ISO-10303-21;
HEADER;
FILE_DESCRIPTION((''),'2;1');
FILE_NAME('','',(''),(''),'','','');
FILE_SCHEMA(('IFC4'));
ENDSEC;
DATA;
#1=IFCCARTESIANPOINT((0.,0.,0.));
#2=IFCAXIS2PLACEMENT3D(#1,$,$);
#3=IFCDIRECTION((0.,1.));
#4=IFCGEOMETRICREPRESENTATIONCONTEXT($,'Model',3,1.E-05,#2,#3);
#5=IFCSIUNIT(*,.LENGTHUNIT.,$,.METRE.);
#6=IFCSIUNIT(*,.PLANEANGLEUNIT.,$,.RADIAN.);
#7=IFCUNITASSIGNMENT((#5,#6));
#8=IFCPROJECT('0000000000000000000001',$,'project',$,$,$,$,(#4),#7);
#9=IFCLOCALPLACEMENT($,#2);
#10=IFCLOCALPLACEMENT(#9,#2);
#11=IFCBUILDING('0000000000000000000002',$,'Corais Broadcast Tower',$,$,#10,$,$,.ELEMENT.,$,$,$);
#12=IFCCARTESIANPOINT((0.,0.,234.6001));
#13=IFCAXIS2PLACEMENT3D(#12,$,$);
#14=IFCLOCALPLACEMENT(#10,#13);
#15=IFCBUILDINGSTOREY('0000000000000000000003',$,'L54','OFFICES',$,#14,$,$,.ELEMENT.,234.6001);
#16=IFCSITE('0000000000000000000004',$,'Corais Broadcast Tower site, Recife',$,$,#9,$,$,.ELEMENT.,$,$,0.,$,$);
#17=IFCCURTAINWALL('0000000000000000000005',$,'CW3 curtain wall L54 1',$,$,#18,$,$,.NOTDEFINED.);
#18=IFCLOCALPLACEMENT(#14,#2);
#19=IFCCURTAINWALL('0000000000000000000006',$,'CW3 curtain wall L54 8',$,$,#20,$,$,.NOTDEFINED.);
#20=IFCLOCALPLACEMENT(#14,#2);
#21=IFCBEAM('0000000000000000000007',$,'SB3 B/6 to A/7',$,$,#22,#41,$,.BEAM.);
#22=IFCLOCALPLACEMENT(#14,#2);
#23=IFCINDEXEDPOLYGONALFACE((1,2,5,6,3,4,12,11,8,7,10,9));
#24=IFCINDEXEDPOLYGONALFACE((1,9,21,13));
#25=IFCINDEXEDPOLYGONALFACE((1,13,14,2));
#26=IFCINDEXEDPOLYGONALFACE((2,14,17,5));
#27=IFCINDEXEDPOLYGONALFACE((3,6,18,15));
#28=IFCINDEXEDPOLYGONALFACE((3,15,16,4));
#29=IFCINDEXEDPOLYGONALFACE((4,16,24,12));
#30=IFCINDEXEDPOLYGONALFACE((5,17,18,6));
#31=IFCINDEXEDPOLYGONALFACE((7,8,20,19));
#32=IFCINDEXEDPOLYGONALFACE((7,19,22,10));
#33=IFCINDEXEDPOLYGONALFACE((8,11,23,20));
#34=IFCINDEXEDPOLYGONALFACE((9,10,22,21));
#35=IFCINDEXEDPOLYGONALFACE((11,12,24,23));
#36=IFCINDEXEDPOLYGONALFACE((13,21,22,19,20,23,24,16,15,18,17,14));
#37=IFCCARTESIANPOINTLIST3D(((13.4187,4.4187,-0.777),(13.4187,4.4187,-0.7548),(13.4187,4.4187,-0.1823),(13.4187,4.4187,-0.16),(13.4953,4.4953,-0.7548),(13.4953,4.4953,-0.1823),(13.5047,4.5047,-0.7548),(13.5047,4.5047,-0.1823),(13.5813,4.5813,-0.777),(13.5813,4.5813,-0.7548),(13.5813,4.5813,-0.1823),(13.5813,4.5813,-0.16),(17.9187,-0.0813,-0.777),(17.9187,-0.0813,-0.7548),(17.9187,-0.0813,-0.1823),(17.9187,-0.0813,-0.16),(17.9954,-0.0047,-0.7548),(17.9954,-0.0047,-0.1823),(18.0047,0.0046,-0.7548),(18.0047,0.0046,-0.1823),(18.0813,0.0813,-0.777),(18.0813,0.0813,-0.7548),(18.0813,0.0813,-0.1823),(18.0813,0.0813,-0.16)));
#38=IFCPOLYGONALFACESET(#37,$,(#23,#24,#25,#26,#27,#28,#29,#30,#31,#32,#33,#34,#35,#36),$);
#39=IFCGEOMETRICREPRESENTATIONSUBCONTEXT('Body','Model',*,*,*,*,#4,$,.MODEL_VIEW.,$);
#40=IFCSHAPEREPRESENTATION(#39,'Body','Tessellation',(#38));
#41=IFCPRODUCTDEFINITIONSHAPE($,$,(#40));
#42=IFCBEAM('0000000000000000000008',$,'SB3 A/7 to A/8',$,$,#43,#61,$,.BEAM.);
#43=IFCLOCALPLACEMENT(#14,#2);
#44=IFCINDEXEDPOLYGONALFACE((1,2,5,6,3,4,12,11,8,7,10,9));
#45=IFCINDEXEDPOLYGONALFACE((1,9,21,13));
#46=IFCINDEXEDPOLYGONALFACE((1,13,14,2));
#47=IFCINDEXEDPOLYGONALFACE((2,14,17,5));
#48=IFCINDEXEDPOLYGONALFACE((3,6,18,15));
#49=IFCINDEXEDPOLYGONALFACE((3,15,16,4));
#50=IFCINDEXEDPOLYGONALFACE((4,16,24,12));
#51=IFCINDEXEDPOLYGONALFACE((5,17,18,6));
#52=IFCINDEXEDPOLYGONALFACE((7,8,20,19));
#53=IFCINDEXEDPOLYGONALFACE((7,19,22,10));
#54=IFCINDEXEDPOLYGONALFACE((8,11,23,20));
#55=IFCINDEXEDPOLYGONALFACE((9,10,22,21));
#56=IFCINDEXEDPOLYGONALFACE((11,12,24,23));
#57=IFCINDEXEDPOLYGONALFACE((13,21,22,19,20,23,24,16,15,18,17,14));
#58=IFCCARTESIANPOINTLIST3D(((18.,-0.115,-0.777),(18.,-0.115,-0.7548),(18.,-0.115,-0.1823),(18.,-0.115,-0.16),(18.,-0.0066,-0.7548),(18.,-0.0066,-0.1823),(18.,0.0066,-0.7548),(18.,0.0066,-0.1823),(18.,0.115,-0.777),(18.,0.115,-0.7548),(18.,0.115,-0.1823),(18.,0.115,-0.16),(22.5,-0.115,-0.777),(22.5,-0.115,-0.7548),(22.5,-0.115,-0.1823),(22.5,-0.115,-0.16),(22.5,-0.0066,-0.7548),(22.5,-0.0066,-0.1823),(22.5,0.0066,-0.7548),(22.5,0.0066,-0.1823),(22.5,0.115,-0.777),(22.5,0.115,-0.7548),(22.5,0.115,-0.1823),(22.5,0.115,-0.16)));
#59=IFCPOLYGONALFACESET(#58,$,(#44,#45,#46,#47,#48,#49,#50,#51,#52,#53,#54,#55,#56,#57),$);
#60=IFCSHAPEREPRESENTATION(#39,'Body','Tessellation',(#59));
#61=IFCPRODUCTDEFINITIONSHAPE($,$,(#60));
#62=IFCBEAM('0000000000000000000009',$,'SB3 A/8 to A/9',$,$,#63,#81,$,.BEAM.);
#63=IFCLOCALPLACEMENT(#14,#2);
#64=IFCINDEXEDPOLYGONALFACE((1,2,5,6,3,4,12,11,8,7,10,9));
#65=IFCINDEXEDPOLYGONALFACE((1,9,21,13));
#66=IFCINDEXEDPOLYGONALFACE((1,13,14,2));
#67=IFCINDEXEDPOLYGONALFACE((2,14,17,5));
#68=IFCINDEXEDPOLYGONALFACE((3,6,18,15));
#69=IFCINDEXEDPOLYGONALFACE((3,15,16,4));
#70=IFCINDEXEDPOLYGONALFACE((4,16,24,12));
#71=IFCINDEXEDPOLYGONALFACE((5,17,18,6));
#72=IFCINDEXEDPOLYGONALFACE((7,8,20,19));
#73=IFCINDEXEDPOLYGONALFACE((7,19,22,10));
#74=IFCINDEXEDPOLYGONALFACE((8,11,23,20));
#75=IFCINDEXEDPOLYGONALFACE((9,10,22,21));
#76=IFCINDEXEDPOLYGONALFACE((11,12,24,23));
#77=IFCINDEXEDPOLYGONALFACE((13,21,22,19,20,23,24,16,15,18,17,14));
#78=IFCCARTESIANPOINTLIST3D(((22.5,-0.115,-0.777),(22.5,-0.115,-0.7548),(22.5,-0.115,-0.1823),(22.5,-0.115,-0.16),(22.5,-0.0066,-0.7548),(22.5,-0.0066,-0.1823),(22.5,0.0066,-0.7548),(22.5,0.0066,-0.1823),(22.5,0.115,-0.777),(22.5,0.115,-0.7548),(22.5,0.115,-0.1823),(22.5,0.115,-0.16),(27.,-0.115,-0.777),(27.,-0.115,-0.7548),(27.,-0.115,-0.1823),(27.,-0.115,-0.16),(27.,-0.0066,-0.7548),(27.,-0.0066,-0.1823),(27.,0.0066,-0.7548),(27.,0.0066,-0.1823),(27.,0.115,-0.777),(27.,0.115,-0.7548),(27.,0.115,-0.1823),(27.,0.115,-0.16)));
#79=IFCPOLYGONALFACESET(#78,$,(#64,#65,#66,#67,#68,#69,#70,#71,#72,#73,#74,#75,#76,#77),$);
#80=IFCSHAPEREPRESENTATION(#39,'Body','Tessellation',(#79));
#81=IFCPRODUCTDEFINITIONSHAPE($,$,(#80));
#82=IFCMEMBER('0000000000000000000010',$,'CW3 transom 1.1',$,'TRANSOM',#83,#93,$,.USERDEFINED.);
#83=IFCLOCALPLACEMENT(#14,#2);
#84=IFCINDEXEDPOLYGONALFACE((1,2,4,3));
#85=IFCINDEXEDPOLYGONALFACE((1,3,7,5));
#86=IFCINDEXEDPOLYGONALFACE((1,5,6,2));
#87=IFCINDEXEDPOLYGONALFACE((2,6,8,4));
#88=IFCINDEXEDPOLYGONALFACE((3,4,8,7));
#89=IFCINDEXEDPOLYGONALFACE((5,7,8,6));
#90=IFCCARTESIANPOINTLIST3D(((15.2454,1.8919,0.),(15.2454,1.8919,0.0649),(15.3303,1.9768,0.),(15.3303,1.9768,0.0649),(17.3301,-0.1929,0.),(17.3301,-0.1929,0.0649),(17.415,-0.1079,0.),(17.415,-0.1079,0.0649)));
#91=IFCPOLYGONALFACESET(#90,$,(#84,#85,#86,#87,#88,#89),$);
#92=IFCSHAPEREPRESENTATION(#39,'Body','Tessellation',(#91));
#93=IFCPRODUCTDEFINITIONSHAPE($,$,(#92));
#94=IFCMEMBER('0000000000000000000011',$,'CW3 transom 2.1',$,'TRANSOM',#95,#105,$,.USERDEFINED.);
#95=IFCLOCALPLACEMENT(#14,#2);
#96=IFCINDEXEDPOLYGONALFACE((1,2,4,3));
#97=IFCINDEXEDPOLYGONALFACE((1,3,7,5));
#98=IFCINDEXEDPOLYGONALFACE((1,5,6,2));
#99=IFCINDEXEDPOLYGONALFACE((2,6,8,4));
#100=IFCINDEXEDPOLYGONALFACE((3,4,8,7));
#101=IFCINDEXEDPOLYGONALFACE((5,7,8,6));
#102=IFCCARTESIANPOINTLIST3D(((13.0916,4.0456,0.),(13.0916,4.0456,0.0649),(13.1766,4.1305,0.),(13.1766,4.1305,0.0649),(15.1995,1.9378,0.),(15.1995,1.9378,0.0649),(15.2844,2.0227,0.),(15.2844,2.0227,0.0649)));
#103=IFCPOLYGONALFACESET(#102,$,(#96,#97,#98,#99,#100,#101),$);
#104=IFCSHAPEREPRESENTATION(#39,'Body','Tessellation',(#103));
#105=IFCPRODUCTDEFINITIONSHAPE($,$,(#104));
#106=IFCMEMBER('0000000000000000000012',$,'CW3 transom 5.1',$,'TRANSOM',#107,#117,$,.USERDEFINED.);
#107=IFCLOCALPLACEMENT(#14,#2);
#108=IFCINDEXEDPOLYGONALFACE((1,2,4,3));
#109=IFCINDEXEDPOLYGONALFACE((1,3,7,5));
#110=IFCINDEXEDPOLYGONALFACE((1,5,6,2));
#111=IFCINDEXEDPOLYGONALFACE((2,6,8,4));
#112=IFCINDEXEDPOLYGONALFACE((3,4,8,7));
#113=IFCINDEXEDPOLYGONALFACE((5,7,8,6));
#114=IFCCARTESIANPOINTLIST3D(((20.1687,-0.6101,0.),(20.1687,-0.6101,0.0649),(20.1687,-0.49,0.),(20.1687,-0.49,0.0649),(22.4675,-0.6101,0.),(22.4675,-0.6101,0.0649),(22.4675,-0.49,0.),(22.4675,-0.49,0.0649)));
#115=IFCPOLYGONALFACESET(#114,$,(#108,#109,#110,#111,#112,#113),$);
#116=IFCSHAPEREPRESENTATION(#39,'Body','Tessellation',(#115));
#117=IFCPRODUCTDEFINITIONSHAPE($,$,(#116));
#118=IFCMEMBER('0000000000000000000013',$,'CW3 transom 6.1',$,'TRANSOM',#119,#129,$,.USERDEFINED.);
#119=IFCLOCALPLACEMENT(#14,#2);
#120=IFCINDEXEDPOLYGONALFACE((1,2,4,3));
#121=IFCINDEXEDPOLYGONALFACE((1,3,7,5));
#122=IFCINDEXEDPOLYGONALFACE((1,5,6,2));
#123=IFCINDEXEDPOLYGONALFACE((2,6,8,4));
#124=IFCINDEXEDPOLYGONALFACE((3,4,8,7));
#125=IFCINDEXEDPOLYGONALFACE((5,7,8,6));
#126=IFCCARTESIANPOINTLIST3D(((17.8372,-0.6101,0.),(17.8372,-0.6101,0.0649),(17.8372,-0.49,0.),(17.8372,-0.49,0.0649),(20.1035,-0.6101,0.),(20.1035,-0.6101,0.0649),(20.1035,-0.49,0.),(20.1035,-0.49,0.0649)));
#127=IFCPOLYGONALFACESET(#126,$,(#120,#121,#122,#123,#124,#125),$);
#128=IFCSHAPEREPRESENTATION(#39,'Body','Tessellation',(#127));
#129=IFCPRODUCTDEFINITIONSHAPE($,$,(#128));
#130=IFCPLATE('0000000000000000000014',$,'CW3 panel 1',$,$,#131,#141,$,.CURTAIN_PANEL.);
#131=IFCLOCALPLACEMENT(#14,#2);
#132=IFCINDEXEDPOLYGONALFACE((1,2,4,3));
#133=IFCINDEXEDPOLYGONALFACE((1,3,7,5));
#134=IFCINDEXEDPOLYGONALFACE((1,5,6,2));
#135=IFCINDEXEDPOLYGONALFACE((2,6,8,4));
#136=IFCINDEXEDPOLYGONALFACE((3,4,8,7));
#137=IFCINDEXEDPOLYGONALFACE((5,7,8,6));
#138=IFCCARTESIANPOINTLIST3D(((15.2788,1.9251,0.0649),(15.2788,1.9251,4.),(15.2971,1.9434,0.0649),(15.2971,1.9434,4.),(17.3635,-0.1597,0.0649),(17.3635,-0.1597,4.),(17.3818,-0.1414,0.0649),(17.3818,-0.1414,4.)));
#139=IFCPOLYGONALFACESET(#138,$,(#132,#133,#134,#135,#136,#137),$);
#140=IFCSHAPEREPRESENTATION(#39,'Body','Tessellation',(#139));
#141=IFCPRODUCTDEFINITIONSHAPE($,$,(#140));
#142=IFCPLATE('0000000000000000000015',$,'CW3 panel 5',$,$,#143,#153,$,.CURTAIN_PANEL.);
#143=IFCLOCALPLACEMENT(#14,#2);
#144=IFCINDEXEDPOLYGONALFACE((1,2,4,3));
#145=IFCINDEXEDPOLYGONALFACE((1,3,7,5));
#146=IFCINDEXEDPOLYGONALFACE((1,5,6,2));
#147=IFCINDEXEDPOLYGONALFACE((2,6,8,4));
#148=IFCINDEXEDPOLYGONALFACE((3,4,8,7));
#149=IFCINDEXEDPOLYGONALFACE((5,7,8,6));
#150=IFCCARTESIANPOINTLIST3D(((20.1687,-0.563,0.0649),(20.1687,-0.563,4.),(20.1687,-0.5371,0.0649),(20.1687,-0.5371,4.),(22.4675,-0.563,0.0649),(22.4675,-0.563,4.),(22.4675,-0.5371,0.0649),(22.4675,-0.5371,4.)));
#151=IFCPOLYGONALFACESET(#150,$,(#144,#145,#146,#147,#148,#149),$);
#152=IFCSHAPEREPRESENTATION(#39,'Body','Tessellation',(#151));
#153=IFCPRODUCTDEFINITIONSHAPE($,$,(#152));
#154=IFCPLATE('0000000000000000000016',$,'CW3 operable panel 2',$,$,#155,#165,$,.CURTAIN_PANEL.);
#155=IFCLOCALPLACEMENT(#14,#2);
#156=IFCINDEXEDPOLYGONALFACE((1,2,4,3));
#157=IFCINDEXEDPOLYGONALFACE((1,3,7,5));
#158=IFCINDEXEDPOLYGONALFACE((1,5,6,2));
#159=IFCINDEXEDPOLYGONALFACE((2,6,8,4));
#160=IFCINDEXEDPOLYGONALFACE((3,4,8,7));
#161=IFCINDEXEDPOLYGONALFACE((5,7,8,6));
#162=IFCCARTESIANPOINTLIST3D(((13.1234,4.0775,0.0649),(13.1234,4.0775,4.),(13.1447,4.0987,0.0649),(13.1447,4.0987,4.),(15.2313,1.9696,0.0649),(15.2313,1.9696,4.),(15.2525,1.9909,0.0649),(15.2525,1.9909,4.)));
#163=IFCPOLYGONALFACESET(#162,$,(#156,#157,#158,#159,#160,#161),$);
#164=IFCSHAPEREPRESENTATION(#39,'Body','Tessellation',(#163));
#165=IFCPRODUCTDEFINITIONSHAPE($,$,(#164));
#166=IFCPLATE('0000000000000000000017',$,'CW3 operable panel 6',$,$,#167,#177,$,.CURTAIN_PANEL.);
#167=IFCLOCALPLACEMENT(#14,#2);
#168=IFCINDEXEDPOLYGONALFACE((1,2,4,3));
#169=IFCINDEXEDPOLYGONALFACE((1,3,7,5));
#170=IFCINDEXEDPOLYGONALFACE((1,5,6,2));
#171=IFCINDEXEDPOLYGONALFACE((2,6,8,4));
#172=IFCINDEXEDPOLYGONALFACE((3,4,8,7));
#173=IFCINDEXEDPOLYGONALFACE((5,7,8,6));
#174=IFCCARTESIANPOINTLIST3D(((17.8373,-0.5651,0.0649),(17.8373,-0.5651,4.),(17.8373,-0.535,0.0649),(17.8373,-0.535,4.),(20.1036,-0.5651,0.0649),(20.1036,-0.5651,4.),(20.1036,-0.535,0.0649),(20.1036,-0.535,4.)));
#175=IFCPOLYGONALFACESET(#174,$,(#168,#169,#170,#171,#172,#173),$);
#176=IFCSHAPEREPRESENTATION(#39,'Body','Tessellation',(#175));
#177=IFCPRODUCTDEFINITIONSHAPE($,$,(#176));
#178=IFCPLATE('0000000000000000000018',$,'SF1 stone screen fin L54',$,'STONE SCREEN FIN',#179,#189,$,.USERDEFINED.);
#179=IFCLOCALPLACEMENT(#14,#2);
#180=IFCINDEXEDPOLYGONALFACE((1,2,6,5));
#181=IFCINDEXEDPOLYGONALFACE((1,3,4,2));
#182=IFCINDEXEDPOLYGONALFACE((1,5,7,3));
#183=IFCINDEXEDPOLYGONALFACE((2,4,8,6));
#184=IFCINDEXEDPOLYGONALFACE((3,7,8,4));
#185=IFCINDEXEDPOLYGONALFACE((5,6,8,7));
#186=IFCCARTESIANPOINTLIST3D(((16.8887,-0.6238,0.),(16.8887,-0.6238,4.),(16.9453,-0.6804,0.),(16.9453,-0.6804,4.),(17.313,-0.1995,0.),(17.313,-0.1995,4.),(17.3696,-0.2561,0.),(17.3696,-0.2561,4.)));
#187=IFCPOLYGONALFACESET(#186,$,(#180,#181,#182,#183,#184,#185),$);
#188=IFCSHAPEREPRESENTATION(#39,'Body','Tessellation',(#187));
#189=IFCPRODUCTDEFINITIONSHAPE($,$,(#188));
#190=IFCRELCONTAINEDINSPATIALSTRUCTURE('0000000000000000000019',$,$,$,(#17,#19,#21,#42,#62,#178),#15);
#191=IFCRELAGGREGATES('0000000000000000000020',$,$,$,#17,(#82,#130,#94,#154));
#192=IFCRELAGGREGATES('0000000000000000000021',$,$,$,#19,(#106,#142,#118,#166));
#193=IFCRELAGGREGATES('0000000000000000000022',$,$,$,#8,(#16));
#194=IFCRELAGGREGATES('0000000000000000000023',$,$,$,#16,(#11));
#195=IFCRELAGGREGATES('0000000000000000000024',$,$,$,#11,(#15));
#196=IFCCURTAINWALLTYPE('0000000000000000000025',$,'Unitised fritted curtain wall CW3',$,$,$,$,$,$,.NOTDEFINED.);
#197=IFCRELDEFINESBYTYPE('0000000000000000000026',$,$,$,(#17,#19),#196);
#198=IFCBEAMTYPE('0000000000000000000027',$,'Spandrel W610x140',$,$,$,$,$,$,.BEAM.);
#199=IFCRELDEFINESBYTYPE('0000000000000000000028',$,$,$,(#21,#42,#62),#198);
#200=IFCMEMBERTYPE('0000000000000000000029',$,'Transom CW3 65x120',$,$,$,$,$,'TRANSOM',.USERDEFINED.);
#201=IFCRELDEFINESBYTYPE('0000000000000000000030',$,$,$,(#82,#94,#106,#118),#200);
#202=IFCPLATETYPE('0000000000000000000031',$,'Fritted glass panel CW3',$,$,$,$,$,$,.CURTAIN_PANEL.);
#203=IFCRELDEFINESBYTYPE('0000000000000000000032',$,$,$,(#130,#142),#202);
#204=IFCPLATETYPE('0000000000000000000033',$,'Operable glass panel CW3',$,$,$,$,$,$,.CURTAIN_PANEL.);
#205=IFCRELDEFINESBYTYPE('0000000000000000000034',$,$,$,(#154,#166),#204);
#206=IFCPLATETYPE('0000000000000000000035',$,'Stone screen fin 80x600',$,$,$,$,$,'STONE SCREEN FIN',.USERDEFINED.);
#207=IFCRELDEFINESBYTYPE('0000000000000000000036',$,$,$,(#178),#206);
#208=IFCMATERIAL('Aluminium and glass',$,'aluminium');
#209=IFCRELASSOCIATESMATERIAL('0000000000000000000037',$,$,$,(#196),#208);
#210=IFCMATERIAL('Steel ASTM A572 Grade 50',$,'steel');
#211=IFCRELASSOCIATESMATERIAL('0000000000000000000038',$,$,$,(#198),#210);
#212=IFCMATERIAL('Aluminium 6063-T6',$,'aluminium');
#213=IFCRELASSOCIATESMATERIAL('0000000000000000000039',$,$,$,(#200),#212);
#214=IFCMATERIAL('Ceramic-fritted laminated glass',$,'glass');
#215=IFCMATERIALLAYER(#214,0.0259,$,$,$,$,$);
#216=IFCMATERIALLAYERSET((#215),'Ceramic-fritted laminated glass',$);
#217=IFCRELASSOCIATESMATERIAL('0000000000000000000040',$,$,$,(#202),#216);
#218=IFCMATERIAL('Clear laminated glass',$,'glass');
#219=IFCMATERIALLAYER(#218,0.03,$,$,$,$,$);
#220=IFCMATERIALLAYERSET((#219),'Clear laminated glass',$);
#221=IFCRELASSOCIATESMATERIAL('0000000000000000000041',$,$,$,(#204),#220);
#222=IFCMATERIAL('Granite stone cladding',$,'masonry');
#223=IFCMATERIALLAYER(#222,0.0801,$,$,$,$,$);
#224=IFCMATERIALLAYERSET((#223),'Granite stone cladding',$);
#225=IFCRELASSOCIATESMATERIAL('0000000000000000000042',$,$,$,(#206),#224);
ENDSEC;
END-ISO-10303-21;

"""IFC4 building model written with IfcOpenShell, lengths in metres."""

from ifc_helpers import new_model, si_unit, direction, frame, origin, origin_2d, place, context, subcontext, project, spatial, rectangle, i_section, extrude, material, layer, layer_set, material_profile, profile_set, type_object, element, aggregate, save


model = new_model("IFC4")

# Units and contexts
model_context = context("Model", 3, precision=1e-05, world=origin(), true_north=direction((0.0, 1.0)))
body_context = subcontext(model_context, "Body", "Model", "MODEL_VIEW")
ifc_project = project(units=[si_unit("LENGTHUNIT", "METRE"), si_unit("PLANEANGLEUNIT", "RADIAN")], contexts=[model_context])

# Site, building, storey
site_placement = place(None, origin())
site = spatial("IfcSite", under=ifc_project, at=site_placement, Name="Corais Broadcast Tower site, Recife", CompositionType="ELEMENT", RefElevation=0.0)
building_placement = place(site_placement, origin())
building = spatial("IfcBuilding", under=site, at=building_placement, Name="Corais Broadcast Tower", CompositionType="ELEMENT")
storey_placement = place(building_placement, frame((0.0, 0.0, 234.6001)))
storey = spatial("IfcBuildingStorey", under=building, at=storey_placement, Name="L54", Description="OFFICES", CompositionType="ELEMENT", Elevation=234.6001)

# Curtain walls
ifc_material_1 = material(Name="Aluminium and glass", Category="aluminium")
curtain_wall_type = type_object("IfcCurtainWallType", Name="Unitised fritted curtain wall CW3", PredefinedType="NOTDEFINED", material=ifc_material_1)
curtain_wall_1_placement = place(storey_placement, origin())
curtain_wall_1 = element("IfcCurtainWall", 1, at=curtain_wall_1_placement, inside=storey, type_object=curtain_wall_type, Name="CW3 curtain wall L54 1", PredefinedType="NOTDEFINED")
curtain_wall_2_placement = place(storey_placement, origin())
curtain_wall_2 = element("IfcCurtainWall", 2, at=curtain_wall_2_placement, inside=storey, type_object=curtain_wall_type, Name="CW3 curtain wall L54 8", PredefinedType="NOTDEFINED")

# Beams
ifc_material_2 = material(Name="Steel ASTM A572 Grade 50", Category="steel")
ifc_material_profile_1 = material_profile(ifc_material_2, i_section(OverallWidth=0.23, OverallDepth=0.6169, WebThickness=0.0132, FlangeThickness=0.0222, at=origin_2d()), Name="W610x140")
ifc_profile_set_1 = profile_set([ifc_material_profile_1], Name="Steel ASTM A572 Grade 50")
beam_type_1 = type_object("IfcBeamType", Name="Spandrel W610x140", PredefinedType="BEAM", material=ifc_profile_set_1)
beam_1_placement = place(storey_placement, frame((13.5, 4.5, -0.4685), z_axis=(0.707107, -0.707107, 0.0), x_axis=(0.707107, 0.707107, 0.0)))
element("IfcBeam", 3, at=beam_1_placement, inside=storey, type_object=beam_type_1, Name="SB3 B/6 to A/7", PredefinedType="BEAM", context=body_context, shape_type="SweptSolid", body=[
    extrude(i_section(OverallWidth=0.23, OverallDepth=0.6169, WebThickness=0.0132, FlangeThickness=0.0222, at=origin_2d()), origin(), (0.0, 0.0, 1.0), 6.364),
])
for number, where, z_axis, x_axis, name in (
    (4, (18.0, 0.0, -0.4685), (1.0, 0.0, 0.0), (0.0, 1.0, 0.0), "SB3 A/7 to A/8"),
    (5, (22.5, 0.0, -0.4685), (1.0, 0.0, 0.0), (0.0, 1.0, 0.0), "SB3 A/8 to A/9"),
):
    element("IfcBeam", number, at=place(storey_placement, frame(where, z_axis=z_axis, x_axis=x_axis)), inside=storey, type_object=beam_type_1, Name=name, PredefinedType="BEAM", context=body_context, shape_type="SweptSolid", body=[
        extrude(i_section(OverallWidth=0.23, OverallDepth=0.6169, WebThickness=0.0132, FlangeThickness=0.0222, at=origin_2d()), origin(), (0.0, 0.0, 1.0), 4.5),
    ])

# Members
ifc_material_3 = material(Name="Aluminium 6063-T6", Category="aluminium")
ifc_material_profile_2 = material_profile(ifc_material_3, rectangle(XDim=0.1201, YDim=0.0649, at=origin_2d()), Name="Transom CW3 65x120")
ifc_profile_set_2 = profile_set([ifc_material_profile_2], Name="Aluminium 6063-T6")
member_type_1 = type_object("IfcMemberType", Name="Transom CW3 65x120", ElementType="TRANSOM", PredefinedType="USERDEFINED", material=ifc_profile_set_2)
member_1_placement = place(storey_placement, frame((17.3726, -0.1504, 0.0325), z_axis=(-0.707107, 0.707107, 0.0), x_axis=(-0.707107, -0.707107, 0.0)))
member_1 = element("IfcMember", 6, at=member_1_placement, type_object=member_type_1, Name="CW3 transom 1.1", ObjectType="TRANSOM", PredefinedType="USERDEFINED", context=body_context, shape_type="SweptSolid", body=[
    extrude(rectangle(XDim=0.1201, YDim=0.0649, at=origin_2d()), origin(), (0.0, 0.0, 1.0), 2.9482),
])
member_2_placement = place(storey_placement, frame((15.2419, 1.9802, 0.0325), z_axis=(-0.707107, 0.707107, 0.0), x_axis=(-0.707107, -0.707107, 0.0)))
member_2 = element("IfcMember", 7, at=member_2_placement, type_object=member_type_1, Name="CW3 transom 2.1", ObjectType="TRANSOM", PredefinedType="USERDEFINED", context=body_context, shape_type="SweptSolid", body=[
    extrude(rectangle(XDim=0.1201, YDim=0.0649, at=origin_2d()), origin(), (0.0, 0.0, 1.0), 2.981),
])
member_3_placement = place(storey_placement, frame((22.4675, -0.55, 0.0325), z_axis=(-1.0, 0.0, 0.0), x_axis=(0.0, -1.0, 0.0)))
member_3 = element("IfcMember", 8, at=member_3_placement, type_object=member_type_1, Name="CW3 transom 5.1", ObjectType="TRANSOM", PredefinedType="USERDEFINED", context=body_context, shape_type="SweptSolid", body=[
    extrude(rectangle(XDim=0.1201, YDim=0.0649, at=origin_2d()), origin(), (0.0, 0.0, 1.0), 2.2988),
])
member_4_placement = place(storey_placement, frame((20.1035, -0.55, 0.0325), z_axis=(-1.0, 0.0, 0.0), x_axis=(0.0, -1.0, 0.0)))
member_4 = element("IfcMember", 9, at=member_4_placement, type_object=member_type_1, Name="CW3 transom 6.1", ObjectType="TRANSOM", PredefinedType="USERDEFINED", context=body_context, shape_type="SweptSolid", body=[
    extrude(rectangle(XDim=0.1201, YDim=0.0649, at=origin_2d()), origin(), (0.0, 0.0, 1.0), 2.2664),
])

# Plates
ifc_material_4 = material(Name="Ceramic-fritted laminated glass", Category="glass")
ifc_layer_1 = layer(ifc_material_4, 0.0259)
ifc_layer_set_1 = layer_set([ifc_layer_1], Name="Ceramic-fritted laminated glass")
plate_type_1 = type_object("IfcPlateType", Name="Fritted glass panel CW3", PredefinedType="CURTAIN_PANEL", material=ifc_layer_set_1)
plate_1_placement = place(storey_placement, frame((16.3303, 0.8918, 0.0649), z_axis=(0.0, 0.0, 1.0), x_axis=(-0.707107, 0.707107, 0.0)))
plate_1 = element("IfcPlate", 10, at=plate_1_placement, type_object=plate_type_1, Name="CW3 panel 1", PredefinedType="CURTAIN_PANEL", context=body_context, shape_type="SweptSolid", body=[
    extrude(rectangle(XDim=2.9482, YDim=0.0259, at=origin_2d()), origin(), (0.0, 0.0, 1.0), 3.9351),
])
plate_2_placement = place(storey_placement, frame((21.3181, -0.55, 0.0649), z_axis=(0.0, 0.0, 1.0), x_axis=(-1.0, 0.0, 0.0)))
plate_2 = element("IfcPlate", 11, at=plate_2_placement, type_object=plate_type_1, Name="CW3 panel 5", PredefinedType="CURTAIN_PANEL", context=body_context, shape_type="SweptSolid", body=[
    extrude(rectangle(XDim=2.2988, YDim=0.0259, at=origin_2d()), origin(), (0.0, 0.0, 1.0), 3.9351),
])
ifc_material_5 = material(Name="Clear laminated glass", Category="glass")
ifc_layer_2 = layer(ifc_material_5, 0.03)
ifc_layer_set_2 = layer_set([ifc_layer_2], Name="Clear laminated glass")
plate_type_2 = type_object("IfcPlateType", Name="Operable glass panel CW3", PredefinedType="CURTAIN_PANEL", material=ifc_layer_set_2)
plate_3_placement = place(storey_placement, frame((14.188, 3.0342, 0.0649), z_axis=(0.0, 0.0, 1.0), x_axis=(-0.707107, 0.707107, 0.0)))
plate_3 = element("IfcPlate", 12, at=plate_3_placement, type_object=plate_type_2, Name="CW3 operable panel 2", PredefinedType="CURTAIN_PANEL", context=body_context, shape_type="SweptSolid", body=[
    extrude(rectangle(XDim=2.981, YDim=0.03, at=origin_2d()), origin(), (0.0, 0.0, 1.0), 3.9351),
])
aggregate(curtain_wall_1, [member_1, plate_1, member_2, plate_3])
plate_4_placement = place(storey_placement, frame((18.9705, -0.55, 0.0649), z_axis=(0.0, 0.0, 1.0), x_axis=(-1.0, 0.0, 0.0)))
plate_4 = element("IfcPlate", 13, at=plate_4_placement, type_object=plate_type_2, Name="CW3 operable panel 6", PredefinedType="CURTAIN_PANEL", context=body_context, shape_type="SweptSolid", body=[
    extrude(rectangle(XDim=2.2664, YDim=0.03, at=origin_2d()), origin(), (0.0, 0.0, 1.0), 3.9351),
])
aggregate(curtain_wall_2, [member_3, plate_2, member_4, plate_4])
ifc_material_6 = material(Name="Granite stone cladding", Category="masonry")
ifc_layer_3 = layer(ifc_material_6, 0.0801)
ifc_layer_set_3 = layer_set([ifc_layer_3], Name="Granite stone cladding")
plate_type_3 = type_object("IfcPlateType", Name="Stone screen fin 80x600", ElementType="STONE SCREEN FIN", PredefinedType="USERDEFINED", material=ifc_layer_set_3)
plate_5_placement = place(storey_placement, frame((17.1292, -0.4399, 0.0), z_axis=(0.0, 0.0, 1.0), x_axis=(-0.707107, 0.707107, 0.0)))
element("IfcPlate", 14, at=plate_5_placement, inside=storey, type_object=plate_type_3, Name="SF1 stone screen fin L54", ObjectType="STONE SCREEN FIN", PredefinedType="USERDEFINED", context=body_context, shape_type="SweptSolid", body=[
    extrude(rectangle(XDim=0.0801, YDim=0.6001, at=origin_2d()), origin(), (0.0, 0.0, 1.0), 4.0),
])

save(model, "model.ifc")
